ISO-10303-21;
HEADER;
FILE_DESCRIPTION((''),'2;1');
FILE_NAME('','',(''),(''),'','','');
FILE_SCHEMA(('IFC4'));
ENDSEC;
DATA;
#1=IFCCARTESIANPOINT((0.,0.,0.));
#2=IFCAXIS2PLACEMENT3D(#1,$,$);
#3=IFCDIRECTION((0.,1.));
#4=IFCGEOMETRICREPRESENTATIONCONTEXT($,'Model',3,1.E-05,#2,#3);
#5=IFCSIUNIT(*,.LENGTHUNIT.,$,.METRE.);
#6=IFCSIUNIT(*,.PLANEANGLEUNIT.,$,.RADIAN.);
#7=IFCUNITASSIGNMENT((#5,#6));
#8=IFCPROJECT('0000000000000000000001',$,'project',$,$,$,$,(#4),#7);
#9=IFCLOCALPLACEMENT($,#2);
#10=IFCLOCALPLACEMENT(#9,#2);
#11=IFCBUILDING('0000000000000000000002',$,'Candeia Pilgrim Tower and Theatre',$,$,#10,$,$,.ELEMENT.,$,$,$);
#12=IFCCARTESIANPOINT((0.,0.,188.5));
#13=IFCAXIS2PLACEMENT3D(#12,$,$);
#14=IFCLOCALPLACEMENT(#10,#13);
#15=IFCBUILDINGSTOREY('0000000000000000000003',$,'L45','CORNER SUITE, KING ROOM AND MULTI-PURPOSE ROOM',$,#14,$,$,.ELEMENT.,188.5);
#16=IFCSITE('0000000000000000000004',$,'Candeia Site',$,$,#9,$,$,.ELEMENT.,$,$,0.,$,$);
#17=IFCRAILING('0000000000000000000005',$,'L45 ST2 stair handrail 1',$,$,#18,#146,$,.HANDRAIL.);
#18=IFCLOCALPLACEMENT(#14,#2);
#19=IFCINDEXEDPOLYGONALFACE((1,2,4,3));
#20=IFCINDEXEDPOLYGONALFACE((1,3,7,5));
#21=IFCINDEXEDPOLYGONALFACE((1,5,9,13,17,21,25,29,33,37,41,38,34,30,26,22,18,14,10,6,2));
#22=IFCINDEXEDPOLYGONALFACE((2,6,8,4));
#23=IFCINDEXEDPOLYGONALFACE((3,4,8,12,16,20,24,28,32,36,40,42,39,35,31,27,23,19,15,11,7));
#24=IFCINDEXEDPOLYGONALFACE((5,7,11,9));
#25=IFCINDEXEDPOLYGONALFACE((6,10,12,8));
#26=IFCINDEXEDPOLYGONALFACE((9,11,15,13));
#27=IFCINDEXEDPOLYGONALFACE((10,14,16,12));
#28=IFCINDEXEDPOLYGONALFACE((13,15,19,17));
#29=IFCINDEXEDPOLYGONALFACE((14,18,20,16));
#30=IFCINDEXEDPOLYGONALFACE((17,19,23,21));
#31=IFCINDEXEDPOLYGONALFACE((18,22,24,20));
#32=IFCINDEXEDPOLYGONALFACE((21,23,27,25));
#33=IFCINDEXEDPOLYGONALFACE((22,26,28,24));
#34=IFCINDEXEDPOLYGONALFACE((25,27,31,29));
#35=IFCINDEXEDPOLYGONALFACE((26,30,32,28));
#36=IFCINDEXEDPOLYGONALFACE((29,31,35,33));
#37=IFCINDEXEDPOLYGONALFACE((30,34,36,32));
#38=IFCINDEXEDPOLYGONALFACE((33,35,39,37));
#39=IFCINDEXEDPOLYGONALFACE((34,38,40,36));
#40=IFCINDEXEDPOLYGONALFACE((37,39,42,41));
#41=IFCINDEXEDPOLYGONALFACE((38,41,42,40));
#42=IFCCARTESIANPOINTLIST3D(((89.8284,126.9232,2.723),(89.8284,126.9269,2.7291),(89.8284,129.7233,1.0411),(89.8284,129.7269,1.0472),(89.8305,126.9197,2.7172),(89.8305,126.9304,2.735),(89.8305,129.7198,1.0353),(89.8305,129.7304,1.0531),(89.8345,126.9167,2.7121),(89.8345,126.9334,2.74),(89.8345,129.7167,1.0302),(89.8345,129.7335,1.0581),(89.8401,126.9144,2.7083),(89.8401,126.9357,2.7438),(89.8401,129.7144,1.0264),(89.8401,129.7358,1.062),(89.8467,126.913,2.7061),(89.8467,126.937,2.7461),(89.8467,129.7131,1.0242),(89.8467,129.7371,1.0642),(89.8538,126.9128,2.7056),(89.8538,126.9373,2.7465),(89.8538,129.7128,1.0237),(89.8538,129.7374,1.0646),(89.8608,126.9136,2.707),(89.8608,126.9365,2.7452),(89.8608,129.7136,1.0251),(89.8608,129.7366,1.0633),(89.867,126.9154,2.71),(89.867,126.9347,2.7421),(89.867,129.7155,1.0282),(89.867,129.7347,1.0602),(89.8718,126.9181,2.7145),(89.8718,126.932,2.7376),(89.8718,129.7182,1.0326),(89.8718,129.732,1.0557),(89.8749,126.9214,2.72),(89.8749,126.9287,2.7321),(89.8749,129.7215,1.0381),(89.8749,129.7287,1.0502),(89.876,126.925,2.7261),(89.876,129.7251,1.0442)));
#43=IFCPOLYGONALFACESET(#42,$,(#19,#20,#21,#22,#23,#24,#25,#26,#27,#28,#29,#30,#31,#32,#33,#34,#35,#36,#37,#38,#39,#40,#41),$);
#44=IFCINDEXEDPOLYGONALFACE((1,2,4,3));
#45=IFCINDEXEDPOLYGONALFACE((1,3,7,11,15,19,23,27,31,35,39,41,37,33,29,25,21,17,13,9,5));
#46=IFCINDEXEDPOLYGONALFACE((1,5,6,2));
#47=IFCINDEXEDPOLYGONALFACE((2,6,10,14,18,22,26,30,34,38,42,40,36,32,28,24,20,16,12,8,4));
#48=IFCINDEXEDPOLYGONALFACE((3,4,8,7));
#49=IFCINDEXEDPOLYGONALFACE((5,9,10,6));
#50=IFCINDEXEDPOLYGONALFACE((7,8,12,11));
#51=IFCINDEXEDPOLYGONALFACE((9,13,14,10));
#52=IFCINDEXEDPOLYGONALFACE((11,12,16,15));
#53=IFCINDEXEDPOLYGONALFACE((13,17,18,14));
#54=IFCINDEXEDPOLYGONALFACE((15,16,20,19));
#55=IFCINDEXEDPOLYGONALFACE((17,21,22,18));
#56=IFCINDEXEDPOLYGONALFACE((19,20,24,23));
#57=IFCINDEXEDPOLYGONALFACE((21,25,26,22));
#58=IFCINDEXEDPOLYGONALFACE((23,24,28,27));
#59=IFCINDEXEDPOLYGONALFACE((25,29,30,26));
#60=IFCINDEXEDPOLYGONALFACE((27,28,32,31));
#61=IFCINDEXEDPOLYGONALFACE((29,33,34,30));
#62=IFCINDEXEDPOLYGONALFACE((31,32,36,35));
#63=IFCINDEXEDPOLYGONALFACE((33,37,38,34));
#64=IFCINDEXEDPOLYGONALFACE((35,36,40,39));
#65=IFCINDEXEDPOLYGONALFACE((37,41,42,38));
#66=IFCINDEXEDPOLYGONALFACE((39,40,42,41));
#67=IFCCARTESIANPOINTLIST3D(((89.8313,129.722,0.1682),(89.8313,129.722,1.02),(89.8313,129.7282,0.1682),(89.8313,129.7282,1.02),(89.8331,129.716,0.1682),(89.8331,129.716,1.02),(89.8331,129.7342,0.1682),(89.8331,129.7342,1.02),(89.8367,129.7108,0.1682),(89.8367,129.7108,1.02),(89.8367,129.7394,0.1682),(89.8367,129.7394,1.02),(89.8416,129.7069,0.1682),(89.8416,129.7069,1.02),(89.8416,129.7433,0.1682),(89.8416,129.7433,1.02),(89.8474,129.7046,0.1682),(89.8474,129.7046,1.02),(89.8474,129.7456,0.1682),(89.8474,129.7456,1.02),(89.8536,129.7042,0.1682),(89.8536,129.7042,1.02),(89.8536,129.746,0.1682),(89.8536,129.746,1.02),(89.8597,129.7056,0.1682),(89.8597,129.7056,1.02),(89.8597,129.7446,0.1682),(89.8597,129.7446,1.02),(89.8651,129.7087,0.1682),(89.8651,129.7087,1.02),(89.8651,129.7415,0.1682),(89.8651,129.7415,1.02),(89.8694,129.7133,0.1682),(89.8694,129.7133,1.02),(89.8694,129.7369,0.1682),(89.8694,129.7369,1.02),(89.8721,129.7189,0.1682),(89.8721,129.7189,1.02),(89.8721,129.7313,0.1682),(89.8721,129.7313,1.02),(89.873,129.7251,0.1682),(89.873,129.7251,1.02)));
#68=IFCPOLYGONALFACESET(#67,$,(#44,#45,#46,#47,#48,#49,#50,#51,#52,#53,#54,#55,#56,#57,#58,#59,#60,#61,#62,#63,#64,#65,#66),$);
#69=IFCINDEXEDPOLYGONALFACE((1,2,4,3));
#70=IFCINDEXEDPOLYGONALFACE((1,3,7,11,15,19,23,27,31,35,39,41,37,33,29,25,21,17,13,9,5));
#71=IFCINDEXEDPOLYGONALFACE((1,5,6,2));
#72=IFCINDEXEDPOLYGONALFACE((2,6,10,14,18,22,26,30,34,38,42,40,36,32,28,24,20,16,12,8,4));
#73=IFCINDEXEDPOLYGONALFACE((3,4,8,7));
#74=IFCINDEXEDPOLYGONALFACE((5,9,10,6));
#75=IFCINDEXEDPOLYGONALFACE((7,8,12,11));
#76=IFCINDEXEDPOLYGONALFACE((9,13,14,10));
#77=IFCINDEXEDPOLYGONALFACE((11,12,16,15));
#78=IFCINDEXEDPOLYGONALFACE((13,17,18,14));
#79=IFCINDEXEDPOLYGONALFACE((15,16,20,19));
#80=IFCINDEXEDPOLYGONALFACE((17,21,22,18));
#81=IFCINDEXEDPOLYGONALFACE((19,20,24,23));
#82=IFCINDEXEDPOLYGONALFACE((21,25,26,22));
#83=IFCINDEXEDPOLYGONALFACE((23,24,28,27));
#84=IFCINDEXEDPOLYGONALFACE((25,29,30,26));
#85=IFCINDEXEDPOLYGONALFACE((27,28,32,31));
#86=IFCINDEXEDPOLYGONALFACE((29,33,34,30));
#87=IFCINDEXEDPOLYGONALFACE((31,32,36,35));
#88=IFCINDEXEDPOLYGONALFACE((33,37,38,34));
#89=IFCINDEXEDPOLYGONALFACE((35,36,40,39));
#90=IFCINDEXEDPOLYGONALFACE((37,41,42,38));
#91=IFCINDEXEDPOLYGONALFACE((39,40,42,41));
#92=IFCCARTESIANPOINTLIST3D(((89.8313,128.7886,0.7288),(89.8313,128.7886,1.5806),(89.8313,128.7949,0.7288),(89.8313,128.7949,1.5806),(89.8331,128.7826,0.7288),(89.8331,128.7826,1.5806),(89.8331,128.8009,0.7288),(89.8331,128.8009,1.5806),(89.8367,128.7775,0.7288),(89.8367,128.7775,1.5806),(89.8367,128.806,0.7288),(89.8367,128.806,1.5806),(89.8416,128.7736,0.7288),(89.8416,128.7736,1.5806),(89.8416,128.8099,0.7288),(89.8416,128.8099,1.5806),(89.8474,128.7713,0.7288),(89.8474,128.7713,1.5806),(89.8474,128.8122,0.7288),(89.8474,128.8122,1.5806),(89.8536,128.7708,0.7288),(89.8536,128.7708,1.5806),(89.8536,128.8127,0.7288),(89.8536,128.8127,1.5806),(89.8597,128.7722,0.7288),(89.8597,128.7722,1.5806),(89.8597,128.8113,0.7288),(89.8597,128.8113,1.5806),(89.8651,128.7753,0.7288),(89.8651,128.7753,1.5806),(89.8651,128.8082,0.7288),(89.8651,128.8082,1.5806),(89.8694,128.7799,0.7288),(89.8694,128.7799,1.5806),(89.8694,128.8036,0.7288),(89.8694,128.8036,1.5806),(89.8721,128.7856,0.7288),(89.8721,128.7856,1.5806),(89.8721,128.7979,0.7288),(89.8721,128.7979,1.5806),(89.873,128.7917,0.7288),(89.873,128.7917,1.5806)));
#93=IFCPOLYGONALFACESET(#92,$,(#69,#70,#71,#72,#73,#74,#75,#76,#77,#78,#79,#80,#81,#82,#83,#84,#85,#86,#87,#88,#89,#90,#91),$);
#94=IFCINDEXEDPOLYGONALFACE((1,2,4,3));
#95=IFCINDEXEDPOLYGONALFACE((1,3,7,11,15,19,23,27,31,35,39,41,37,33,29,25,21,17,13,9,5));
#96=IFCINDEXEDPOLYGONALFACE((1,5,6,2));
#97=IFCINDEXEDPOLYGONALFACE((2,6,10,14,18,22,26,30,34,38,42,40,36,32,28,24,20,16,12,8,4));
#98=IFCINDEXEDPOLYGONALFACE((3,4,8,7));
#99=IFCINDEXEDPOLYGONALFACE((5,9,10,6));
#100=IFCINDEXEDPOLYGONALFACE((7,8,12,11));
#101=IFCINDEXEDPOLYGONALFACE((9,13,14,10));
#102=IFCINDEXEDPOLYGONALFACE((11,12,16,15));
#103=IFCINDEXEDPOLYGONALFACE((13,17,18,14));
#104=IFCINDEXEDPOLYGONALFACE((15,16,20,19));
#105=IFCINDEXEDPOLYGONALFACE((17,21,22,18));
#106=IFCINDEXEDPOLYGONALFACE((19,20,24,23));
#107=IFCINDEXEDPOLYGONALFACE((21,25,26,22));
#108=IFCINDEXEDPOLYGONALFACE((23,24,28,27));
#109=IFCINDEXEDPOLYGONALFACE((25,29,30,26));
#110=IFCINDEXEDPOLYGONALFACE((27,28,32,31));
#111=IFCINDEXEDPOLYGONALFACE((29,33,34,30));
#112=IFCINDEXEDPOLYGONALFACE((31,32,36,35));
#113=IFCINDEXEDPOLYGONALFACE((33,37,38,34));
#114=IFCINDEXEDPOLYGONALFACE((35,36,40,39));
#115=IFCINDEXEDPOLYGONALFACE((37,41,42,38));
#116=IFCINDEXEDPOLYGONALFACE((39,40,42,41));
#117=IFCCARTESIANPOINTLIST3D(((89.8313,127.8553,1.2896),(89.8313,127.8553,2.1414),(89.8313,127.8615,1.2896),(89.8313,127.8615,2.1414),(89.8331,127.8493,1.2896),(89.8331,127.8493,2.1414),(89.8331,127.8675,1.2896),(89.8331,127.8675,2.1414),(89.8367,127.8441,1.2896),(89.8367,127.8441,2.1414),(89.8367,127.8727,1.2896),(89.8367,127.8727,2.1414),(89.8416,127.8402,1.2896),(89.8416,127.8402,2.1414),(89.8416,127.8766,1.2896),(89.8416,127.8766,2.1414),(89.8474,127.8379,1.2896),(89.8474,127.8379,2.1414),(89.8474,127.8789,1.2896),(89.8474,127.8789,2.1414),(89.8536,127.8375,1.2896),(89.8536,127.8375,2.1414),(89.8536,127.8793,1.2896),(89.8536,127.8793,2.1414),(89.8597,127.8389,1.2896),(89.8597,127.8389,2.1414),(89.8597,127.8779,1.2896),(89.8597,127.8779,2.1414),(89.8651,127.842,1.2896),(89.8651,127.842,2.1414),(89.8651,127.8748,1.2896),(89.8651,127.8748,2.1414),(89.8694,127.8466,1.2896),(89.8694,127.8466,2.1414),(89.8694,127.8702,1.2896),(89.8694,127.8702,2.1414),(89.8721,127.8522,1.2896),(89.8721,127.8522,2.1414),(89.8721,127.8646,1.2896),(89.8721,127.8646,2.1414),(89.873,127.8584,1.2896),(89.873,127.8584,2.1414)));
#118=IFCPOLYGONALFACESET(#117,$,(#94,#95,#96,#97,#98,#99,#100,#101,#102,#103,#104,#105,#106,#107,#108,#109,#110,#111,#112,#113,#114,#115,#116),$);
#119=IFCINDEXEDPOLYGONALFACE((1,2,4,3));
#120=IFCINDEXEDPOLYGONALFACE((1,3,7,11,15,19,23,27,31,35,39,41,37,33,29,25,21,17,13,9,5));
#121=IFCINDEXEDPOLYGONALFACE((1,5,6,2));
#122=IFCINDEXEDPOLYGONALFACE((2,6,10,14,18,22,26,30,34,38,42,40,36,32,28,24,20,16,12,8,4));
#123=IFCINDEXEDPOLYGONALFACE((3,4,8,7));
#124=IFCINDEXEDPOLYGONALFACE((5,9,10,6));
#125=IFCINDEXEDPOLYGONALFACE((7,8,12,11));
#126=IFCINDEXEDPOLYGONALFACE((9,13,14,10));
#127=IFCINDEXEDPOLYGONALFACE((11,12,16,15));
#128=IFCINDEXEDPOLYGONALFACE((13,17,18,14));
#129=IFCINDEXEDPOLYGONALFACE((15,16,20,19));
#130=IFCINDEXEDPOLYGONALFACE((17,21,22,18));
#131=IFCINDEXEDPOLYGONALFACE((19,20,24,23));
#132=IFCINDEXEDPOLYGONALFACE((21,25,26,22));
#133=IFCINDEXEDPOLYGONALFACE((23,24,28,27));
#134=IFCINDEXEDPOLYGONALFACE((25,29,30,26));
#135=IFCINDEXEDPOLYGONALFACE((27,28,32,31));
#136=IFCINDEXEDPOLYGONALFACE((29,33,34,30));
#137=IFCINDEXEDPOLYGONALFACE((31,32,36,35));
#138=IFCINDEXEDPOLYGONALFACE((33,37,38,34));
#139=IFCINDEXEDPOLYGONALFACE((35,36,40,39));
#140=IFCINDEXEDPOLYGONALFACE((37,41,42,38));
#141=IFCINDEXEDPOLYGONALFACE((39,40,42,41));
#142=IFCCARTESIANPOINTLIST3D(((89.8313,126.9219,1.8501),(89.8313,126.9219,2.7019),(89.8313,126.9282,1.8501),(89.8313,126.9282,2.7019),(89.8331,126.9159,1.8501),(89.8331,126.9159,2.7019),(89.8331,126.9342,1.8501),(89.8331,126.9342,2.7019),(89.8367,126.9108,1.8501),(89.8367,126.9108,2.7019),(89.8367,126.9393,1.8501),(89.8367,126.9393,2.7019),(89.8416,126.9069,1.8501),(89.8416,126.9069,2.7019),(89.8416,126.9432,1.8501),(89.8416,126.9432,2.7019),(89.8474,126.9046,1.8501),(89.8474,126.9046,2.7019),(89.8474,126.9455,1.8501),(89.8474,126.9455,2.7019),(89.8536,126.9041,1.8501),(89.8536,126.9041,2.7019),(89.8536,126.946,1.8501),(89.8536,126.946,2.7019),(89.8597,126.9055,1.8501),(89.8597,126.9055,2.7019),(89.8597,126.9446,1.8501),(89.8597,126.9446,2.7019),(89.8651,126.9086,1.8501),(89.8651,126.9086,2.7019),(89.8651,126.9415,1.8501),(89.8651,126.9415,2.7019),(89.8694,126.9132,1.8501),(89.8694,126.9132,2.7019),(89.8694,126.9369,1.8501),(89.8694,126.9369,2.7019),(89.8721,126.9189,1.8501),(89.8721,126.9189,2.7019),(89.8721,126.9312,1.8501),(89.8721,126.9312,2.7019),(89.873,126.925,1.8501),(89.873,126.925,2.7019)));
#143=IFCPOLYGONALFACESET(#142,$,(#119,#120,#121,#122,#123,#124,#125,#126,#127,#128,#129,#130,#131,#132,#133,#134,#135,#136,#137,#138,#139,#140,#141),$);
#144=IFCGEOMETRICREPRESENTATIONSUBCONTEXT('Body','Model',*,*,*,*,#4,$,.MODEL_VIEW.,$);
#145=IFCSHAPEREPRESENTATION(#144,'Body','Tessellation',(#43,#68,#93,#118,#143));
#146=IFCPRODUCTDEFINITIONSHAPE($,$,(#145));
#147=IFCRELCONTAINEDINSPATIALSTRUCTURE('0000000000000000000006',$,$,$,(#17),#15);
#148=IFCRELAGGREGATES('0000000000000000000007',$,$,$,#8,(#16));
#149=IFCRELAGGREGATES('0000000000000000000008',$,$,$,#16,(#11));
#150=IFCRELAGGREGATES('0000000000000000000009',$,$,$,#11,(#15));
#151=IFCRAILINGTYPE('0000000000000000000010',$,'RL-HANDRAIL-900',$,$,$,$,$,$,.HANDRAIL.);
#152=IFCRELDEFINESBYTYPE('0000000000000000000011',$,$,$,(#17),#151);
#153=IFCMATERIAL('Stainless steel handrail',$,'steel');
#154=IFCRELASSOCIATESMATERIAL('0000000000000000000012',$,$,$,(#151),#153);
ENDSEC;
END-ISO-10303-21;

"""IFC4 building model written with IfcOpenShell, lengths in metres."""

from ifc_helpers import new_model, si_unit, direction, frame, origin, origin_2d, place, context, subcontext, project, spatial, circle, extrude, material, type_object, element, save


model = new_model("IFC4")

# Units and contexts
model_context = context("Model", 3, precision=1e-05, world=origin(), true_north=direction((0.0, 1.0)))
body_context = subcontext(model_context, "Body", "Model", "MODEL_VIEW")
ifc_project = project(units=[si_unit("LENGTHUNIT", "METRE"), si_unit("PLANEANGLEUNIT", "RADIAN")], contexts=[model_context])

# Site, building, storey
site_placement = place(None, origin())
site = spatial("IfcSite", under=ifc_project, at=site_placement, Name="Candeia Site", CompositionType="ELEMENT", RefElevation=0.0)
building_placement = place(site_placement, origin())
building = spatial("IfcBuilding", under=site, at=building_placement, Name="Candeia Pilgrim Tower and Theatre", CompositionType="ELEMENT")
storey_placement = place(building_placement, frame((0.0, 0.0, 188.5)))
storey = spatial("IfcBuildingStorey", under=building, at=storey_placement, Name="L45", Description="CORNER SUITE, KING ROOM AND MULTI-PURPOSE ROOM", CompositionType="ELEMENT", Elevation=188.5)

# Railing
ifc_material_1 = material(Name="Stainless steel handrail", Category="steel")
railing_type_1 = type_object("IfcRailingType", Name="RL-HANDRAIL-900", PredefinedType="HANDRAIL", material=ifc_material_1)
railing_1_placement = place(storey_placement, frame((89.8521, 129.7251, 0.1682)))
element("IfcRailing", 1, at=railing_1_placement, inside=storey, type_object=railing_type_1, Name="L45 ST2 stair handrail 1", PredefinedType="HANDRAIL", context=body_context, shape_type="SweptSolid", body=[
    extrude(circle(Radius=0.0239, at=origin_2d()), frame((0.0, 0.0, 0.876), z_axis=(0.0, -0.857242, 0.514913), x_axis=(1.0, 0.0, 0.0)), (0.0, 0.0, 1.0), 3.2664),
    extrude(circle(Radius=0.021, at=origin_2d()), origin(), (0.0, 0.0, 1.0), 0.8518),
    extrude(circle(Radius=0.021, at=origin_2d()), frame((0.0, -0.9333, 0.5605)), (0.0, 0.0, 1.0), 0.8518),
    extrude(circle(Radius=0.021, at=origin_2d()), frame((0.0, -1.8667, 1.1213)), (0.0, 0.0, 1.0), 0.8518),
    extrude(circle(Radius=0.021, at=origin_2d()), frame((0.0, -2.8, 1.6819)), (0.0, 0.0, 1.0), 0.8518),
])

save(model, "model.ifc")
